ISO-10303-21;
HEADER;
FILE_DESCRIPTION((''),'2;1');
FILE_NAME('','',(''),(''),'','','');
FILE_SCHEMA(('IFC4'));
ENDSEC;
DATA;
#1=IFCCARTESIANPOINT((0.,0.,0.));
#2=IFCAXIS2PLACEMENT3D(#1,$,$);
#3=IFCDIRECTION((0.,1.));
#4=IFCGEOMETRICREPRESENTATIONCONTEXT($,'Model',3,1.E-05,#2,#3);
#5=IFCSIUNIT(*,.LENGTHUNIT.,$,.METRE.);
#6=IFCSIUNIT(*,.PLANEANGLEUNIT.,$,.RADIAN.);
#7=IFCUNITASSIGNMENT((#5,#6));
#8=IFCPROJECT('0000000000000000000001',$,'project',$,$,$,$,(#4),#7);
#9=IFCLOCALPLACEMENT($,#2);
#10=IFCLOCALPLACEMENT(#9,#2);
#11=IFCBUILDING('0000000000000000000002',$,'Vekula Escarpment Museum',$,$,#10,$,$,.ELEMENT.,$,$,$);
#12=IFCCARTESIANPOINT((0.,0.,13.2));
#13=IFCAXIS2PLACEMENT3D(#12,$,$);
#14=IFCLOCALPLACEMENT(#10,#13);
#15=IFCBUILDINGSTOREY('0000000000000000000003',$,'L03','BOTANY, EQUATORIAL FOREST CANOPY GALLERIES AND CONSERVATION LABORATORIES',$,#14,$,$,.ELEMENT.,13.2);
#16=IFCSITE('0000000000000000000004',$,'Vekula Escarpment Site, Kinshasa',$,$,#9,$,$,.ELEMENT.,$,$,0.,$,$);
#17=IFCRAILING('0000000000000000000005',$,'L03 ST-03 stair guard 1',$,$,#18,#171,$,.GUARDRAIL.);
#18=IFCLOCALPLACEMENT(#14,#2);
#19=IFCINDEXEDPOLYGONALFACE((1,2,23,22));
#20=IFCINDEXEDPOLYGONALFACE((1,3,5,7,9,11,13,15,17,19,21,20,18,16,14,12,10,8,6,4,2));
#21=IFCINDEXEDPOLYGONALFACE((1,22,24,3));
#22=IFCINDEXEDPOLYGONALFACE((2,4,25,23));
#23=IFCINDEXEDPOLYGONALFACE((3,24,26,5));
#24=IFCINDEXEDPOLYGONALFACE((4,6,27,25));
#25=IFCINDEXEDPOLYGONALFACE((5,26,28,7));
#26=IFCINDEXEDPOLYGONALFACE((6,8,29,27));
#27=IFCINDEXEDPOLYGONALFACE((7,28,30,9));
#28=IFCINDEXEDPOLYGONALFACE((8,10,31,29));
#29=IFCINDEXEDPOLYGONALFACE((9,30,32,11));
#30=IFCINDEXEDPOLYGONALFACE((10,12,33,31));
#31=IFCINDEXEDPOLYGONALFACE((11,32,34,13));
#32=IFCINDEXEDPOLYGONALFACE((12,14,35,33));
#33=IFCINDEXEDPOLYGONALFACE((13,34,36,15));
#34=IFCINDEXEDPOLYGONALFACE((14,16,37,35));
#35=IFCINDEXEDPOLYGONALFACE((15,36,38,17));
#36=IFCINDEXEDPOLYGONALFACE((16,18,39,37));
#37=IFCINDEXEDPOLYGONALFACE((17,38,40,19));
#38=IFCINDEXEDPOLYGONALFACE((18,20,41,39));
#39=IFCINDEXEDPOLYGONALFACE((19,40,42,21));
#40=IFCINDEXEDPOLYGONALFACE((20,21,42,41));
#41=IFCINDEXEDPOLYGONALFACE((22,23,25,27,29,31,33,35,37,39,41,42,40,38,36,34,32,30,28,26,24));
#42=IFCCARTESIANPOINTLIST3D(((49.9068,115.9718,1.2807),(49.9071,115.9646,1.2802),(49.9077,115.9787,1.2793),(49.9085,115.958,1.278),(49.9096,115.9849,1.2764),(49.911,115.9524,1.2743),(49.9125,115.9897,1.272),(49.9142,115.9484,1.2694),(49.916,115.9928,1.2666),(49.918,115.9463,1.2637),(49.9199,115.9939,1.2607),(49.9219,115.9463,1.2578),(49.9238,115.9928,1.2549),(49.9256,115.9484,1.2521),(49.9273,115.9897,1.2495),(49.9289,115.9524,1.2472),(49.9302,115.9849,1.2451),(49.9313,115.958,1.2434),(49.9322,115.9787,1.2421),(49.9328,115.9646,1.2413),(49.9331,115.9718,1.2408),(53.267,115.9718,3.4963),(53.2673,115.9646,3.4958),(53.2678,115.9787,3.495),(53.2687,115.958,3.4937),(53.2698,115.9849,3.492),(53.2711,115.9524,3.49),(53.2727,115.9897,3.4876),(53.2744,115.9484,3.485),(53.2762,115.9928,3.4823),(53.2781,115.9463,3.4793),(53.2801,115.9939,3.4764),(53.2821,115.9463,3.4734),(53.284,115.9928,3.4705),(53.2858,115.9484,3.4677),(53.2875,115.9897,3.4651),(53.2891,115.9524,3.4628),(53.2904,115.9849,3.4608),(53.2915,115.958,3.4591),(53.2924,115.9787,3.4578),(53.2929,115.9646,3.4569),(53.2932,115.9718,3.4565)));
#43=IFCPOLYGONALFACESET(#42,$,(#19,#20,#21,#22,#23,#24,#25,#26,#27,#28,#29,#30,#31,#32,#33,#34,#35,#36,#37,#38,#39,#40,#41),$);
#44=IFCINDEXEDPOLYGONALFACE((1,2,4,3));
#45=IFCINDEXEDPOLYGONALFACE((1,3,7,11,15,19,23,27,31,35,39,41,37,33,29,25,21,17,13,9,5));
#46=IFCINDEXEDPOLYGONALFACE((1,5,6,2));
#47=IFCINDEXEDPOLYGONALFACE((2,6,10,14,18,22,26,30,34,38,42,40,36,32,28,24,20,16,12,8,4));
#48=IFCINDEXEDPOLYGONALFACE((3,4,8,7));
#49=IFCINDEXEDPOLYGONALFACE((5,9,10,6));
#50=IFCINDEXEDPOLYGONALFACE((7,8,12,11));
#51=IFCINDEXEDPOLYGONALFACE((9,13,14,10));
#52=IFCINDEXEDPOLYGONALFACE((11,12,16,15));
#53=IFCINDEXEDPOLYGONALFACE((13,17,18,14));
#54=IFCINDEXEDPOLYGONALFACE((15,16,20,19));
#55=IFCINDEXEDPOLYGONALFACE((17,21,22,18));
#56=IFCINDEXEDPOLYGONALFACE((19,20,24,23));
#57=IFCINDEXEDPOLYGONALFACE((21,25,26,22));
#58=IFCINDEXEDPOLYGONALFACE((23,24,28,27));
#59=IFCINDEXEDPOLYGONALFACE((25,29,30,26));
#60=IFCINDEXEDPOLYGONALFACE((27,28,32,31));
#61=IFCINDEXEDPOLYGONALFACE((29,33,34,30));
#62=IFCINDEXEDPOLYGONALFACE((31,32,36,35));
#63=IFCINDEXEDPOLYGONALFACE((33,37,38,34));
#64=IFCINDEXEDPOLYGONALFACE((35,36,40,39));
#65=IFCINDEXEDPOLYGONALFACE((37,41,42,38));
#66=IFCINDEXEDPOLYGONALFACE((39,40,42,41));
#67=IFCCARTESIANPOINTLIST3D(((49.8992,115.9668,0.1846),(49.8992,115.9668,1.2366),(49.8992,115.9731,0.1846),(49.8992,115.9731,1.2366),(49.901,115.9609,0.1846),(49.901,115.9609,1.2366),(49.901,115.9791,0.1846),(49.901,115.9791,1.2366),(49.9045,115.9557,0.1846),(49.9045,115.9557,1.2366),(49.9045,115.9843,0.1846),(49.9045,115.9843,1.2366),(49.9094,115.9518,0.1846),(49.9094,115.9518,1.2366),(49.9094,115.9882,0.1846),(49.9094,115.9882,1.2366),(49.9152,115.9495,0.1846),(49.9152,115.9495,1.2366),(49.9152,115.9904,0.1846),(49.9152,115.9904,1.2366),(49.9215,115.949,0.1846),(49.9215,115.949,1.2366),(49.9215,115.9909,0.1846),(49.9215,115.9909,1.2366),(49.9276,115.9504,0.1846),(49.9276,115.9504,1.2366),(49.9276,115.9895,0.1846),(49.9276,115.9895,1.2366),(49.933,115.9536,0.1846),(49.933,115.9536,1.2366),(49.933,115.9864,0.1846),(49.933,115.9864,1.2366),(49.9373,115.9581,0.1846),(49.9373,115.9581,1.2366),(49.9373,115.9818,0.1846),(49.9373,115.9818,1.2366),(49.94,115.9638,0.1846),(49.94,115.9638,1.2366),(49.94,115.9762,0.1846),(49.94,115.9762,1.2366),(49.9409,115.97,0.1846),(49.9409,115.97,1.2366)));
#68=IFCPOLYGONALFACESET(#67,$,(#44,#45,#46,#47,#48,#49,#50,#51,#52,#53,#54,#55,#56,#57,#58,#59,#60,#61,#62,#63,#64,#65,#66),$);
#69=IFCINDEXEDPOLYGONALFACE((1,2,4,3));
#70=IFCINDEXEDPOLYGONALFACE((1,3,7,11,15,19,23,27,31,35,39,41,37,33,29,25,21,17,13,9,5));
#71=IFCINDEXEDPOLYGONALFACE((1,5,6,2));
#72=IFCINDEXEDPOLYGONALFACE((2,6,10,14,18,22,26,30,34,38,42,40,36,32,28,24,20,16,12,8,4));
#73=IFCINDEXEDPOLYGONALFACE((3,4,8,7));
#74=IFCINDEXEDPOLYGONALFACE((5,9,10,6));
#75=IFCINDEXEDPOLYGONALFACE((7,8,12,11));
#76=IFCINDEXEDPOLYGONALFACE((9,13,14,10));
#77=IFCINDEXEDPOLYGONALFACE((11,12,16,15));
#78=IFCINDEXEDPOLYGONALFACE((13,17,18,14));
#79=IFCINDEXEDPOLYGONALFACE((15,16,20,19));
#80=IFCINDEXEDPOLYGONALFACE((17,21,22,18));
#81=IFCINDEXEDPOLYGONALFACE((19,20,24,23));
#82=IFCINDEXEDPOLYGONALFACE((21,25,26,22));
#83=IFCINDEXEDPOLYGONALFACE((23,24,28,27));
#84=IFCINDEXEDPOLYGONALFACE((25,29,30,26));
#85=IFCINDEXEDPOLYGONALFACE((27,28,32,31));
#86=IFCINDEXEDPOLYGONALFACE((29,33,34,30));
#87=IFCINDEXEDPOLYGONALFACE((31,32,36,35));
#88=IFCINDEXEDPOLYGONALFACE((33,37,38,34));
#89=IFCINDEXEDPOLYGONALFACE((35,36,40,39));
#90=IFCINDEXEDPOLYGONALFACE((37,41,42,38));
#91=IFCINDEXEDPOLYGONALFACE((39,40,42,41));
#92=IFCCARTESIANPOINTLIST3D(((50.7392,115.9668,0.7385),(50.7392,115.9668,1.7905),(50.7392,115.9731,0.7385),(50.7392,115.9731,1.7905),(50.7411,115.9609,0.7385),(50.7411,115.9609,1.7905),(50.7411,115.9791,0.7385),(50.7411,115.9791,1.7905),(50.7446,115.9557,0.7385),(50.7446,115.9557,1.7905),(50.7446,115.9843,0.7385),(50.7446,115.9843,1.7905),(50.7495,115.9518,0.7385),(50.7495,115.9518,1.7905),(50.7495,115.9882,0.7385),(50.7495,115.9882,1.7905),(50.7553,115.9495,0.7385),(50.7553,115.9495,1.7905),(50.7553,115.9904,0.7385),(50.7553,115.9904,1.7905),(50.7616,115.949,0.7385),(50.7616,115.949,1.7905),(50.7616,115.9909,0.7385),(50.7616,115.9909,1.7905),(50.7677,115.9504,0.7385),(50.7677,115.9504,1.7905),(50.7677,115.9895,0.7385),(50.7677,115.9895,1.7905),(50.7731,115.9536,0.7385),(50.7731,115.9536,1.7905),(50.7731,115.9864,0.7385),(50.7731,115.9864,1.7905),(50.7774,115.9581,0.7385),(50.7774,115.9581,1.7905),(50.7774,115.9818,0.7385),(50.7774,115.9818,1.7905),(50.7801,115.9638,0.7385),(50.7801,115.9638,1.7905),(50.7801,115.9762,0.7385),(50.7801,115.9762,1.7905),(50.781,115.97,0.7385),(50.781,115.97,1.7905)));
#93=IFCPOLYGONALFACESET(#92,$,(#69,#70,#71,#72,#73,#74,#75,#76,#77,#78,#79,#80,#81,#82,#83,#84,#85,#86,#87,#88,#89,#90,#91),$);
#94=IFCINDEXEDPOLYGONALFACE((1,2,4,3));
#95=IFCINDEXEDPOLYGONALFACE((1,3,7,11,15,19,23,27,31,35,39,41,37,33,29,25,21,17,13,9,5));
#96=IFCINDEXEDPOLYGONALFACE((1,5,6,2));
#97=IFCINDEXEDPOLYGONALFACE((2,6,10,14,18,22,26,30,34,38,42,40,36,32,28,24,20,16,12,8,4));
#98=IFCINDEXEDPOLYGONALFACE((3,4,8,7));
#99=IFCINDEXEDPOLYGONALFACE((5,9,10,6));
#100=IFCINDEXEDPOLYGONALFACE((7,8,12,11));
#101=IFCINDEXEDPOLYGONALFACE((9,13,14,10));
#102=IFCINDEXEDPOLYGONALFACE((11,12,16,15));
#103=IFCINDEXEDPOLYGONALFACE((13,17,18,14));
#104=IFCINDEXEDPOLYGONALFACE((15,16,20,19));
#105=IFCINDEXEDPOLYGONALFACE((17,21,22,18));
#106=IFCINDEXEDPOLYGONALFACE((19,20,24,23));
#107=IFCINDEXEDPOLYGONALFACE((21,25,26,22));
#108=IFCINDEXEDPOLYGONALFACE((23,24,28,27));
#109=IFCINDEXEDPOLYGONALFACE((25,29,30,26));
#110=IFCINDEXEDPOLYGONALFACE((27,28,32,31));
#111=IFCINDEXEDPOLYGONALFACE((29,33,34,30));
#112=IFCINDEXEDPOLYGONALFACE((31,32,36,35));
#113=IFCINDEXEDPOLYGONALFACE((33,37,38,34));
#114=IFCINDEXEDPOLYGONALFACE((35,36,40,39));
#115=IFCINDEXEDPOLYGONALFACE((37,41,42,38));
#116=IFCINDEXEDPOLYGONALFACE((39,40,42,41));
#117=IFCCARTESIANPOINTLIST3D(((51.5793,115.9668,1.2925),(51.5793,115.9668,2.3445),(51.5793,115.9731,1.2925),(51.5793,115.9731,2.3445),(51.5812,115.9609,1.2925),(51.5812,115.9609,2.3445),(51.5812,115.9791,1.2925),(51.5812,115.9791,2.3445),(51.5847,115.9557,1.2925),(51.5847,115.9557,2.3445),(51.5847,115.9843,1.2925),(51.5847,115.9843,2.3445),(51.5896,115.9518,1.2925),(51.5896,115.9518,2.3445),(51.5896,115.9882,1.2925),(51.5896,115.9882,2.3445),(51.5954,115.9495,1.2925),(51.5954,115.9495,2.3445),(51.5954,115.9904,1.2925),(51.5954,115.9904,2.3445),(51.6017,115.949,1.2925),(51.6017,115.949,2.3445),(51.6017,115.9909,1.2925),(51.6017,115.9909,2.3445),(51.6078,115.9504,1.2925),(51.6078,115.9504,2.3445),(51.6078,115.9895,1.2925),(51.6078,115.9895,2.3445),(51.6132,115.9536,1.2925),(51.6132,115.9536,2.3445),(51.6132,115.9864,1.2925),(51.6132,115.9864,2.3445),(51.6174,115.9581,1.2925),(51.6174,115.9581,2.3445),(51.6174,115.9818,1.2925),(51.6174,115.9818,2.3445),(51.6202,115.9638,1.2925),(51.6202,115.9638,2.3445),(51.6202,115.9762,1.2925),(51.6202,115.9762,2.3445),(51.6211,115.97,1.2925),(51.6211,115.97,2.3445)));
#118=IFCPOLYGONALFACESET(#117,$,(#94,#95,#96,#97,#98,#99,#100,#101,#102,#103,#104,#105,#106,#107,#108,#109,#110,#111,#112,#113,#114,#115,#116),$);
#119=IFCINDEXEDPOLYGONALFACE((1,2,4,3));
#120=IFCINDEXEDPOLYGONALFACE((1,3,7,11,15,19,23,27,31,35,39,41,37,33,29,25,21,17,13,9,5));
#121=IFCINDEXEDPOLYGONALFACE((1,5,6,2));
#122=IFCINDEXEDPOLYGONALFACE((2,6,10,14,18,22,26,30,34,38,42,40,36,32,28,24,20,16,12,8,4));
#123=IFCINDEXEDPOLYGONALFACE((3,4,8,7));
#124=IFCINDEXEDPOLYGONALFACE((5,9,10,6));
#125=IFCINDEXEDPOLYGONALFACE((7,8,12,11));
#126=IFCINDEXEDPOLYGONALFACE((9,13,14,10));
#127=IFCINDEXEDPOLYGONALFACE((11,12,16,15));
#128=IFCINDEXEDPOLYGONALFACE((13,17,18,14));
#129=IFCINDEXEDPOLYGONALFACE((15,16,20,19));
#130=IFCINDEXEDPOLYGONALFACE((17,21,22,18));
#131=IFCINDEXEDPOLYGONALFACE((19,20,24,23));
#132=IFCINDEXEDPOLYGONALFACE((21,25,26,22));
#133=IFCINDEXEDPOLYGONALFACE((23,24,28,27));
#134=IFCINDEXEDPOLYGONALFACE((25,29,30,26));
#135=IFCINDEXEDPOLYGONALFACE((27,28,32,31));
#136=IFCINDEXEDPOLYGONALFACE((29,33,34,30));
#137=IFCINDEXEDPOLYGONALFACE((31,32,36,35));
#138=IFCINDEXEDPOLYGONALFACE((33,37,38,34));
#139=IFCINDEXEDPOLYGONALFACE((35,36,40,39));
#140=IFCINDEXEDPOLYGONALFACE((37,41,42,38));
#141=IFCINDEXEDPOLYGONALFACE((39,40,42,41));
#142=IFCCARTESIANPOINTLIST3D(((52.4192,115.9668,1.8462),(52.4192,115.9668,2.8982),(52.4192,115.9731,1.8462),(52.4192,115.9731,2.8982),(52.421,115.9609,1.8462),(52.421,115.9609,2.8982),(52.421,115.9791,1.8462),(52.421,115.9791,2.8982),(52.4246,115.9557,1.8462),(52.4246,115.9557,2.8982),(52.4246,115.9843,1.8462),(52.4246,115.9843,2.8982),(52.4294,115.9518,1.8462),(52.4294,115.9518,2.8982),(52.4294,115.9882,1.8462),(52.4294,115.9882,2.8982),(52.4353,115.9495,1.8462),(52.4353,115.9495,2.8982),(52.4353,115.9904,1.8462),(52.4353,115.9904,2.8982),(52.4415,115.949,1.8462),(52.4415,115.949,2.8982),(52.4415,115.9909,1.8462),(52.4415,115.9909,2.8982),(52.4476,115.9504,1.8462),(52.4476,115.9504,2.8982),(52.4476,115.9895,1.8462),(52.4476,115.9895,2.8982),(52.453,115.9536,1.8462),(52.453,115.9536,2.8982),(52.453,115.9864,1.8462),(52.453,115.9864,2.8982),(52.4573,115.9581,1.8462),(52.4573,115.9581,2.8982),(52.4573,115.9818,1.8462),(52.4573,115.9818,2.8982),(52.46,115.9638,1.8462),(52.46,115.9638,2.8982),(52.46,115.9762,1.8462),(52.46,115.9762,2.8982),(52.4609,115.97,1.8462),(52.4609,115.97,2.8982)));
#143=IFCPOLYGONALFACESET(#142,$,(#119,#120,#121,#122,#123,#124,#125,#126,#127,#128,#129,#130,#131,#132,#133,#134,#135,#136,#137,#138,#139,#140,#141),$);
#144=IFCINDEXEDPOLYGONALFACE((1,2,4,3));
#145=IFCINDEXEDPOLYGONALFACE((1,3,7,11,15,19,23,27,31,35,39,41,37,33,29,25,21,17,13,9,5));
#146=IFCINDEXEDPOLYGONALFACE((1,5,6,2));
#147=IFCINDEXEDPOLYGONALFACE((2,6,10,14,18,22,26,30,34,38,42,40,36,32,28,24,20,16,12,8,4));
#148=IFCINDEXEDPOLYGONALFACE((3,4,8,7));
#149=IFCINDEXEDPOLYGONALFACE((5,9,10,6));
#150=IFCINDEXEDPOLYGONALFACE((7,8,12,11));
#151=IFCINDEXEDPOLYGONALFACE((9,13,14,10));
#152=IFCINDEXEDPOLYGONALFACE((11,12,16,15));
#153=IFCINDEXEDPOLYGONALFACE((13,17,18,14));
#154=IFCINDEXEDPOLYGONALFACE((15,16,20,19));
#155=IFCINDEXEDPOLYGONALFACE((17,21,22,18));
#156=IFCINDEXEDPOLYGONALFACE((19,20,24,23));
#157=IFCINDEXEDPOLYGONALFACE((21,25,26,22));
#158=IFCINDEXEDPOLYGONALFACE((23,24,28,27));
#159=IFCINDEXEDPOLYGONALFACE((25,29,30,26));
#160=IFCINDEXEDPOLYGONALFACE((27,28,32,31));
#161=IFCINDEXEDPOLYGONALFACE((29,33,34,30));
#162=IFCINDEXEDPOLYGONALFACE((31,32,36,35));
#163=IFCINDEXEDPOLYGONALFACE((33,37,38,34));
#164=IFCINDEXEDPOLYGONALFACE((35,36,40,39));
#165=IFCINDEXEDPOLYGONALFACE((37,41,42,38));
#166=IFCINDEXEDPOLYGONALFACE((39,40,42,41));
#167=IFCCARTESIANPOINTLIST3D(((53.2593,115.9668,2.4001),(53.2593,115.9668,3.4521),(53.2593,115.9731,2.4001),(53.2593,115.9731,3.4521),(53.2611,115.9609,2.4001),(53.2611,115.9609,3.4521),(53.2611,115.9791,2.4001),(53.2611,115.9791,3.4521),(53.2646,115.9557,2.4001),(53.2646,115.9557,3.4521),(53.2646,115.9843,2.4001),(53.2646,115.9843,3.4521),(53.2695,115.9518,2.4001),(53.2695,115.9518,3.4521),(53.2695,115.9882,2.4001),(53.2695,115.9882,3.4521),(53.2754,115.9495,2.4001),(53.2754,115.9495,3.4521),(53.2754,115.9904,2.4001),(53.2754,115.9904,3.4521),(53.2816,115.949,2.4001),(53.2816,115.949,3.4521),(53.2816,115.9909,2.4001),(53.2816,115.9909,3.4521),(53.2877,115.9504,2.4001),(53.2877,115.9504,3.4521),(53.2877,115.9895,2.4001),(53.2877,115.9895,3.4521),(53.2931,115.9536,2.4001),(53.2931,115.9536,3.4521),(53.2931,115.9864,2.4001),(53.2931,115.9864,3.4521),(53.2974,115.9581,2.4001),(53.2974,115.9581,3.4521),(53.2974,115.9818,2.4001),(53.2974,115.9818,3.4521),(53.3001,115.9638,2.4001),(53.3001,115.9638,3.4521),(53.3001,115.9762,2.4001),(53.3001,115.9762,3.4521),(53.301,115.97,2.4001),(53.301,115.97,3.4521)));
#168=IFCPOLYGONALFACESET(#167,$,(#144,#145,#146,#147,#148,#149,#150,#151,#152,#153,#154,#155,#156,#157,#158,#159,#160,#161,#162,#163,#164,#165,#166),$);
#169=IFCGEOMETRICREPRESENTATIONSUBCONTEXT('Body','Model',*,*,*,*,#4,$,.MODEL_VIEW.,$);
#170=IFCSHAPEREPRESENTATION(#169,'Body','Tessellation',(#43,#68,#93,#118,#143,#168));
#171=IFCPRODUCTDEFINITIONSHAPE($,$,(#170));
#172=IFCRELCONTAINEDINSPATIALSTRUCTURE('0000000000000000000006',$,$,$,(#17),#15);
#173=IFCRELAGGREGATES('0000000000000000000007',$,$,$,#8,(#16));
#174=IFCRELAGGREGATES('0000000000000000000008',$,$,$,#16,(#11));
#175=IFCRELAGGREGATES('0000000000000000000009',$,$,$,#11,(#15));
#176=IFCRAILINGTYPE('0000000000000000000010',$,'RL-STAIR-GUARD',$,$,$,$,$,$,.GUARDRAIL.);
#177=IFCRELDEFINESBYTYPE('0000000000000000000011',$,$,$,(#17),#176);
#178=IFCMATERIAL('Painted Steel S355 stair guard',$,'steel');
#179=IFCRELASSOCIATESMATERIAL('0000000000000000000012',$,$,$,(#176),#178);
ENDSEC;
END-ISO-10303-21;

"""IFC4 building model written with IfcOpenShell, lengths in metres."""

from ifc_helpers import new_model, si_unit, direction, frame, origin, origin_2d, place, context, subcontext, project, spatial, circle, extrude, material, type_object, element, save


model = new_model("IFC4")

# Units and contexts
model_context = context("Model", 3, precision=1e-05, world=origin(), true_north=direction((0.0, 1.0)))
body_context = subcontext(model_context, "Body", "Model", "MODEL_VIEW")
ifc_project = project(units=[si_unit("LENGTHUNIT", "METRE"), si_unit("PLANEANGLEUNIT", "RADIAN")], contexts=[model_context])

# Site, building, storey
site_placement = place(None, origin())
site = spatial("IfcSite", under=ifc_project, at=site_placement, Name="Vekula Escarpment Site, Kinshasa", CompositionType="ELEMENT", RefElevation=0.0)
building_placement = place(site_placement, origin())
building = spatial("IfcBuilding", under=site, at=building_placement, Name="Vekula Escarpment Museum", CompositionType="ELEMENT")
storey_placement = place(building_placement, frame((0.0, 0.0, 13.2)))
storey = spatial("IfcBuildingStorey", under=building, at=storey_placement, Name="L03", Description="BOTANY, EQUATORIAL FOREST CANOPY GALLERIES AND CONSERVATION LABORATORIES", CompositionType="ELEMENT", Elevation=13.2)

# Railing
ifc_material_1 = material(Name="Painted Steel S355 stair guard", Category="steel")
railing_type_1 = type_object("IfcRailingType", Name="RL-STAIR-GUARD", PredefinedType="GUARDRAIL", material=ifc_material_1)
railing_1_placement = place(storey_placement, frame((49.9199, 115.97, 0.1846)))
element("IfcRailing", 1, at=railing_1_placement, inside=storey, type_object=railing_type_1, Name="L03 ST-03 stair guard 1", PredefinedType="GUARDRAIL", context=body_context, shape_type="SweptSolid", body=[
    extrude(circle(Radius=0.0239, at=origin_2d()), frame((0.0, 0.0, 1.0762), z_axis=(0.834849, 0.0, 0.55048), x_axis=(0.0, 1.0, 0.0)), (0.0, 0.0, 1.0), 4.0249),
    extrude(circle(Radius=0.021, at=origin_2d()), origin(), (0.0, 0.0, 1.0), 1.052),
    extrude(circle(Radius=0.021, at=origin_2d()), frame((0.8401, 0.0, 0.554)), (0.0, 0.0, 1.0), 1.052),
    extrude(circle(Radius=0.021, at=origin_2d()), frame((1.6802, 0.0, 1.1079)), (0.0, 0.0, 1.0), 1.052),
    extrude(circle(Radius=0.021, at=origin_2d()), frame((2.52, 0.0, 1.6616)), (0.0, 0.0, 1.0), 1.052),
    extrude(circle(Radius=0.021, at=origin_2d()), frame((3.3601, 0.0, 2.2156)), (0.0, 0.0, 1.0), 1.052),
])

save(model, "model.ifc")
